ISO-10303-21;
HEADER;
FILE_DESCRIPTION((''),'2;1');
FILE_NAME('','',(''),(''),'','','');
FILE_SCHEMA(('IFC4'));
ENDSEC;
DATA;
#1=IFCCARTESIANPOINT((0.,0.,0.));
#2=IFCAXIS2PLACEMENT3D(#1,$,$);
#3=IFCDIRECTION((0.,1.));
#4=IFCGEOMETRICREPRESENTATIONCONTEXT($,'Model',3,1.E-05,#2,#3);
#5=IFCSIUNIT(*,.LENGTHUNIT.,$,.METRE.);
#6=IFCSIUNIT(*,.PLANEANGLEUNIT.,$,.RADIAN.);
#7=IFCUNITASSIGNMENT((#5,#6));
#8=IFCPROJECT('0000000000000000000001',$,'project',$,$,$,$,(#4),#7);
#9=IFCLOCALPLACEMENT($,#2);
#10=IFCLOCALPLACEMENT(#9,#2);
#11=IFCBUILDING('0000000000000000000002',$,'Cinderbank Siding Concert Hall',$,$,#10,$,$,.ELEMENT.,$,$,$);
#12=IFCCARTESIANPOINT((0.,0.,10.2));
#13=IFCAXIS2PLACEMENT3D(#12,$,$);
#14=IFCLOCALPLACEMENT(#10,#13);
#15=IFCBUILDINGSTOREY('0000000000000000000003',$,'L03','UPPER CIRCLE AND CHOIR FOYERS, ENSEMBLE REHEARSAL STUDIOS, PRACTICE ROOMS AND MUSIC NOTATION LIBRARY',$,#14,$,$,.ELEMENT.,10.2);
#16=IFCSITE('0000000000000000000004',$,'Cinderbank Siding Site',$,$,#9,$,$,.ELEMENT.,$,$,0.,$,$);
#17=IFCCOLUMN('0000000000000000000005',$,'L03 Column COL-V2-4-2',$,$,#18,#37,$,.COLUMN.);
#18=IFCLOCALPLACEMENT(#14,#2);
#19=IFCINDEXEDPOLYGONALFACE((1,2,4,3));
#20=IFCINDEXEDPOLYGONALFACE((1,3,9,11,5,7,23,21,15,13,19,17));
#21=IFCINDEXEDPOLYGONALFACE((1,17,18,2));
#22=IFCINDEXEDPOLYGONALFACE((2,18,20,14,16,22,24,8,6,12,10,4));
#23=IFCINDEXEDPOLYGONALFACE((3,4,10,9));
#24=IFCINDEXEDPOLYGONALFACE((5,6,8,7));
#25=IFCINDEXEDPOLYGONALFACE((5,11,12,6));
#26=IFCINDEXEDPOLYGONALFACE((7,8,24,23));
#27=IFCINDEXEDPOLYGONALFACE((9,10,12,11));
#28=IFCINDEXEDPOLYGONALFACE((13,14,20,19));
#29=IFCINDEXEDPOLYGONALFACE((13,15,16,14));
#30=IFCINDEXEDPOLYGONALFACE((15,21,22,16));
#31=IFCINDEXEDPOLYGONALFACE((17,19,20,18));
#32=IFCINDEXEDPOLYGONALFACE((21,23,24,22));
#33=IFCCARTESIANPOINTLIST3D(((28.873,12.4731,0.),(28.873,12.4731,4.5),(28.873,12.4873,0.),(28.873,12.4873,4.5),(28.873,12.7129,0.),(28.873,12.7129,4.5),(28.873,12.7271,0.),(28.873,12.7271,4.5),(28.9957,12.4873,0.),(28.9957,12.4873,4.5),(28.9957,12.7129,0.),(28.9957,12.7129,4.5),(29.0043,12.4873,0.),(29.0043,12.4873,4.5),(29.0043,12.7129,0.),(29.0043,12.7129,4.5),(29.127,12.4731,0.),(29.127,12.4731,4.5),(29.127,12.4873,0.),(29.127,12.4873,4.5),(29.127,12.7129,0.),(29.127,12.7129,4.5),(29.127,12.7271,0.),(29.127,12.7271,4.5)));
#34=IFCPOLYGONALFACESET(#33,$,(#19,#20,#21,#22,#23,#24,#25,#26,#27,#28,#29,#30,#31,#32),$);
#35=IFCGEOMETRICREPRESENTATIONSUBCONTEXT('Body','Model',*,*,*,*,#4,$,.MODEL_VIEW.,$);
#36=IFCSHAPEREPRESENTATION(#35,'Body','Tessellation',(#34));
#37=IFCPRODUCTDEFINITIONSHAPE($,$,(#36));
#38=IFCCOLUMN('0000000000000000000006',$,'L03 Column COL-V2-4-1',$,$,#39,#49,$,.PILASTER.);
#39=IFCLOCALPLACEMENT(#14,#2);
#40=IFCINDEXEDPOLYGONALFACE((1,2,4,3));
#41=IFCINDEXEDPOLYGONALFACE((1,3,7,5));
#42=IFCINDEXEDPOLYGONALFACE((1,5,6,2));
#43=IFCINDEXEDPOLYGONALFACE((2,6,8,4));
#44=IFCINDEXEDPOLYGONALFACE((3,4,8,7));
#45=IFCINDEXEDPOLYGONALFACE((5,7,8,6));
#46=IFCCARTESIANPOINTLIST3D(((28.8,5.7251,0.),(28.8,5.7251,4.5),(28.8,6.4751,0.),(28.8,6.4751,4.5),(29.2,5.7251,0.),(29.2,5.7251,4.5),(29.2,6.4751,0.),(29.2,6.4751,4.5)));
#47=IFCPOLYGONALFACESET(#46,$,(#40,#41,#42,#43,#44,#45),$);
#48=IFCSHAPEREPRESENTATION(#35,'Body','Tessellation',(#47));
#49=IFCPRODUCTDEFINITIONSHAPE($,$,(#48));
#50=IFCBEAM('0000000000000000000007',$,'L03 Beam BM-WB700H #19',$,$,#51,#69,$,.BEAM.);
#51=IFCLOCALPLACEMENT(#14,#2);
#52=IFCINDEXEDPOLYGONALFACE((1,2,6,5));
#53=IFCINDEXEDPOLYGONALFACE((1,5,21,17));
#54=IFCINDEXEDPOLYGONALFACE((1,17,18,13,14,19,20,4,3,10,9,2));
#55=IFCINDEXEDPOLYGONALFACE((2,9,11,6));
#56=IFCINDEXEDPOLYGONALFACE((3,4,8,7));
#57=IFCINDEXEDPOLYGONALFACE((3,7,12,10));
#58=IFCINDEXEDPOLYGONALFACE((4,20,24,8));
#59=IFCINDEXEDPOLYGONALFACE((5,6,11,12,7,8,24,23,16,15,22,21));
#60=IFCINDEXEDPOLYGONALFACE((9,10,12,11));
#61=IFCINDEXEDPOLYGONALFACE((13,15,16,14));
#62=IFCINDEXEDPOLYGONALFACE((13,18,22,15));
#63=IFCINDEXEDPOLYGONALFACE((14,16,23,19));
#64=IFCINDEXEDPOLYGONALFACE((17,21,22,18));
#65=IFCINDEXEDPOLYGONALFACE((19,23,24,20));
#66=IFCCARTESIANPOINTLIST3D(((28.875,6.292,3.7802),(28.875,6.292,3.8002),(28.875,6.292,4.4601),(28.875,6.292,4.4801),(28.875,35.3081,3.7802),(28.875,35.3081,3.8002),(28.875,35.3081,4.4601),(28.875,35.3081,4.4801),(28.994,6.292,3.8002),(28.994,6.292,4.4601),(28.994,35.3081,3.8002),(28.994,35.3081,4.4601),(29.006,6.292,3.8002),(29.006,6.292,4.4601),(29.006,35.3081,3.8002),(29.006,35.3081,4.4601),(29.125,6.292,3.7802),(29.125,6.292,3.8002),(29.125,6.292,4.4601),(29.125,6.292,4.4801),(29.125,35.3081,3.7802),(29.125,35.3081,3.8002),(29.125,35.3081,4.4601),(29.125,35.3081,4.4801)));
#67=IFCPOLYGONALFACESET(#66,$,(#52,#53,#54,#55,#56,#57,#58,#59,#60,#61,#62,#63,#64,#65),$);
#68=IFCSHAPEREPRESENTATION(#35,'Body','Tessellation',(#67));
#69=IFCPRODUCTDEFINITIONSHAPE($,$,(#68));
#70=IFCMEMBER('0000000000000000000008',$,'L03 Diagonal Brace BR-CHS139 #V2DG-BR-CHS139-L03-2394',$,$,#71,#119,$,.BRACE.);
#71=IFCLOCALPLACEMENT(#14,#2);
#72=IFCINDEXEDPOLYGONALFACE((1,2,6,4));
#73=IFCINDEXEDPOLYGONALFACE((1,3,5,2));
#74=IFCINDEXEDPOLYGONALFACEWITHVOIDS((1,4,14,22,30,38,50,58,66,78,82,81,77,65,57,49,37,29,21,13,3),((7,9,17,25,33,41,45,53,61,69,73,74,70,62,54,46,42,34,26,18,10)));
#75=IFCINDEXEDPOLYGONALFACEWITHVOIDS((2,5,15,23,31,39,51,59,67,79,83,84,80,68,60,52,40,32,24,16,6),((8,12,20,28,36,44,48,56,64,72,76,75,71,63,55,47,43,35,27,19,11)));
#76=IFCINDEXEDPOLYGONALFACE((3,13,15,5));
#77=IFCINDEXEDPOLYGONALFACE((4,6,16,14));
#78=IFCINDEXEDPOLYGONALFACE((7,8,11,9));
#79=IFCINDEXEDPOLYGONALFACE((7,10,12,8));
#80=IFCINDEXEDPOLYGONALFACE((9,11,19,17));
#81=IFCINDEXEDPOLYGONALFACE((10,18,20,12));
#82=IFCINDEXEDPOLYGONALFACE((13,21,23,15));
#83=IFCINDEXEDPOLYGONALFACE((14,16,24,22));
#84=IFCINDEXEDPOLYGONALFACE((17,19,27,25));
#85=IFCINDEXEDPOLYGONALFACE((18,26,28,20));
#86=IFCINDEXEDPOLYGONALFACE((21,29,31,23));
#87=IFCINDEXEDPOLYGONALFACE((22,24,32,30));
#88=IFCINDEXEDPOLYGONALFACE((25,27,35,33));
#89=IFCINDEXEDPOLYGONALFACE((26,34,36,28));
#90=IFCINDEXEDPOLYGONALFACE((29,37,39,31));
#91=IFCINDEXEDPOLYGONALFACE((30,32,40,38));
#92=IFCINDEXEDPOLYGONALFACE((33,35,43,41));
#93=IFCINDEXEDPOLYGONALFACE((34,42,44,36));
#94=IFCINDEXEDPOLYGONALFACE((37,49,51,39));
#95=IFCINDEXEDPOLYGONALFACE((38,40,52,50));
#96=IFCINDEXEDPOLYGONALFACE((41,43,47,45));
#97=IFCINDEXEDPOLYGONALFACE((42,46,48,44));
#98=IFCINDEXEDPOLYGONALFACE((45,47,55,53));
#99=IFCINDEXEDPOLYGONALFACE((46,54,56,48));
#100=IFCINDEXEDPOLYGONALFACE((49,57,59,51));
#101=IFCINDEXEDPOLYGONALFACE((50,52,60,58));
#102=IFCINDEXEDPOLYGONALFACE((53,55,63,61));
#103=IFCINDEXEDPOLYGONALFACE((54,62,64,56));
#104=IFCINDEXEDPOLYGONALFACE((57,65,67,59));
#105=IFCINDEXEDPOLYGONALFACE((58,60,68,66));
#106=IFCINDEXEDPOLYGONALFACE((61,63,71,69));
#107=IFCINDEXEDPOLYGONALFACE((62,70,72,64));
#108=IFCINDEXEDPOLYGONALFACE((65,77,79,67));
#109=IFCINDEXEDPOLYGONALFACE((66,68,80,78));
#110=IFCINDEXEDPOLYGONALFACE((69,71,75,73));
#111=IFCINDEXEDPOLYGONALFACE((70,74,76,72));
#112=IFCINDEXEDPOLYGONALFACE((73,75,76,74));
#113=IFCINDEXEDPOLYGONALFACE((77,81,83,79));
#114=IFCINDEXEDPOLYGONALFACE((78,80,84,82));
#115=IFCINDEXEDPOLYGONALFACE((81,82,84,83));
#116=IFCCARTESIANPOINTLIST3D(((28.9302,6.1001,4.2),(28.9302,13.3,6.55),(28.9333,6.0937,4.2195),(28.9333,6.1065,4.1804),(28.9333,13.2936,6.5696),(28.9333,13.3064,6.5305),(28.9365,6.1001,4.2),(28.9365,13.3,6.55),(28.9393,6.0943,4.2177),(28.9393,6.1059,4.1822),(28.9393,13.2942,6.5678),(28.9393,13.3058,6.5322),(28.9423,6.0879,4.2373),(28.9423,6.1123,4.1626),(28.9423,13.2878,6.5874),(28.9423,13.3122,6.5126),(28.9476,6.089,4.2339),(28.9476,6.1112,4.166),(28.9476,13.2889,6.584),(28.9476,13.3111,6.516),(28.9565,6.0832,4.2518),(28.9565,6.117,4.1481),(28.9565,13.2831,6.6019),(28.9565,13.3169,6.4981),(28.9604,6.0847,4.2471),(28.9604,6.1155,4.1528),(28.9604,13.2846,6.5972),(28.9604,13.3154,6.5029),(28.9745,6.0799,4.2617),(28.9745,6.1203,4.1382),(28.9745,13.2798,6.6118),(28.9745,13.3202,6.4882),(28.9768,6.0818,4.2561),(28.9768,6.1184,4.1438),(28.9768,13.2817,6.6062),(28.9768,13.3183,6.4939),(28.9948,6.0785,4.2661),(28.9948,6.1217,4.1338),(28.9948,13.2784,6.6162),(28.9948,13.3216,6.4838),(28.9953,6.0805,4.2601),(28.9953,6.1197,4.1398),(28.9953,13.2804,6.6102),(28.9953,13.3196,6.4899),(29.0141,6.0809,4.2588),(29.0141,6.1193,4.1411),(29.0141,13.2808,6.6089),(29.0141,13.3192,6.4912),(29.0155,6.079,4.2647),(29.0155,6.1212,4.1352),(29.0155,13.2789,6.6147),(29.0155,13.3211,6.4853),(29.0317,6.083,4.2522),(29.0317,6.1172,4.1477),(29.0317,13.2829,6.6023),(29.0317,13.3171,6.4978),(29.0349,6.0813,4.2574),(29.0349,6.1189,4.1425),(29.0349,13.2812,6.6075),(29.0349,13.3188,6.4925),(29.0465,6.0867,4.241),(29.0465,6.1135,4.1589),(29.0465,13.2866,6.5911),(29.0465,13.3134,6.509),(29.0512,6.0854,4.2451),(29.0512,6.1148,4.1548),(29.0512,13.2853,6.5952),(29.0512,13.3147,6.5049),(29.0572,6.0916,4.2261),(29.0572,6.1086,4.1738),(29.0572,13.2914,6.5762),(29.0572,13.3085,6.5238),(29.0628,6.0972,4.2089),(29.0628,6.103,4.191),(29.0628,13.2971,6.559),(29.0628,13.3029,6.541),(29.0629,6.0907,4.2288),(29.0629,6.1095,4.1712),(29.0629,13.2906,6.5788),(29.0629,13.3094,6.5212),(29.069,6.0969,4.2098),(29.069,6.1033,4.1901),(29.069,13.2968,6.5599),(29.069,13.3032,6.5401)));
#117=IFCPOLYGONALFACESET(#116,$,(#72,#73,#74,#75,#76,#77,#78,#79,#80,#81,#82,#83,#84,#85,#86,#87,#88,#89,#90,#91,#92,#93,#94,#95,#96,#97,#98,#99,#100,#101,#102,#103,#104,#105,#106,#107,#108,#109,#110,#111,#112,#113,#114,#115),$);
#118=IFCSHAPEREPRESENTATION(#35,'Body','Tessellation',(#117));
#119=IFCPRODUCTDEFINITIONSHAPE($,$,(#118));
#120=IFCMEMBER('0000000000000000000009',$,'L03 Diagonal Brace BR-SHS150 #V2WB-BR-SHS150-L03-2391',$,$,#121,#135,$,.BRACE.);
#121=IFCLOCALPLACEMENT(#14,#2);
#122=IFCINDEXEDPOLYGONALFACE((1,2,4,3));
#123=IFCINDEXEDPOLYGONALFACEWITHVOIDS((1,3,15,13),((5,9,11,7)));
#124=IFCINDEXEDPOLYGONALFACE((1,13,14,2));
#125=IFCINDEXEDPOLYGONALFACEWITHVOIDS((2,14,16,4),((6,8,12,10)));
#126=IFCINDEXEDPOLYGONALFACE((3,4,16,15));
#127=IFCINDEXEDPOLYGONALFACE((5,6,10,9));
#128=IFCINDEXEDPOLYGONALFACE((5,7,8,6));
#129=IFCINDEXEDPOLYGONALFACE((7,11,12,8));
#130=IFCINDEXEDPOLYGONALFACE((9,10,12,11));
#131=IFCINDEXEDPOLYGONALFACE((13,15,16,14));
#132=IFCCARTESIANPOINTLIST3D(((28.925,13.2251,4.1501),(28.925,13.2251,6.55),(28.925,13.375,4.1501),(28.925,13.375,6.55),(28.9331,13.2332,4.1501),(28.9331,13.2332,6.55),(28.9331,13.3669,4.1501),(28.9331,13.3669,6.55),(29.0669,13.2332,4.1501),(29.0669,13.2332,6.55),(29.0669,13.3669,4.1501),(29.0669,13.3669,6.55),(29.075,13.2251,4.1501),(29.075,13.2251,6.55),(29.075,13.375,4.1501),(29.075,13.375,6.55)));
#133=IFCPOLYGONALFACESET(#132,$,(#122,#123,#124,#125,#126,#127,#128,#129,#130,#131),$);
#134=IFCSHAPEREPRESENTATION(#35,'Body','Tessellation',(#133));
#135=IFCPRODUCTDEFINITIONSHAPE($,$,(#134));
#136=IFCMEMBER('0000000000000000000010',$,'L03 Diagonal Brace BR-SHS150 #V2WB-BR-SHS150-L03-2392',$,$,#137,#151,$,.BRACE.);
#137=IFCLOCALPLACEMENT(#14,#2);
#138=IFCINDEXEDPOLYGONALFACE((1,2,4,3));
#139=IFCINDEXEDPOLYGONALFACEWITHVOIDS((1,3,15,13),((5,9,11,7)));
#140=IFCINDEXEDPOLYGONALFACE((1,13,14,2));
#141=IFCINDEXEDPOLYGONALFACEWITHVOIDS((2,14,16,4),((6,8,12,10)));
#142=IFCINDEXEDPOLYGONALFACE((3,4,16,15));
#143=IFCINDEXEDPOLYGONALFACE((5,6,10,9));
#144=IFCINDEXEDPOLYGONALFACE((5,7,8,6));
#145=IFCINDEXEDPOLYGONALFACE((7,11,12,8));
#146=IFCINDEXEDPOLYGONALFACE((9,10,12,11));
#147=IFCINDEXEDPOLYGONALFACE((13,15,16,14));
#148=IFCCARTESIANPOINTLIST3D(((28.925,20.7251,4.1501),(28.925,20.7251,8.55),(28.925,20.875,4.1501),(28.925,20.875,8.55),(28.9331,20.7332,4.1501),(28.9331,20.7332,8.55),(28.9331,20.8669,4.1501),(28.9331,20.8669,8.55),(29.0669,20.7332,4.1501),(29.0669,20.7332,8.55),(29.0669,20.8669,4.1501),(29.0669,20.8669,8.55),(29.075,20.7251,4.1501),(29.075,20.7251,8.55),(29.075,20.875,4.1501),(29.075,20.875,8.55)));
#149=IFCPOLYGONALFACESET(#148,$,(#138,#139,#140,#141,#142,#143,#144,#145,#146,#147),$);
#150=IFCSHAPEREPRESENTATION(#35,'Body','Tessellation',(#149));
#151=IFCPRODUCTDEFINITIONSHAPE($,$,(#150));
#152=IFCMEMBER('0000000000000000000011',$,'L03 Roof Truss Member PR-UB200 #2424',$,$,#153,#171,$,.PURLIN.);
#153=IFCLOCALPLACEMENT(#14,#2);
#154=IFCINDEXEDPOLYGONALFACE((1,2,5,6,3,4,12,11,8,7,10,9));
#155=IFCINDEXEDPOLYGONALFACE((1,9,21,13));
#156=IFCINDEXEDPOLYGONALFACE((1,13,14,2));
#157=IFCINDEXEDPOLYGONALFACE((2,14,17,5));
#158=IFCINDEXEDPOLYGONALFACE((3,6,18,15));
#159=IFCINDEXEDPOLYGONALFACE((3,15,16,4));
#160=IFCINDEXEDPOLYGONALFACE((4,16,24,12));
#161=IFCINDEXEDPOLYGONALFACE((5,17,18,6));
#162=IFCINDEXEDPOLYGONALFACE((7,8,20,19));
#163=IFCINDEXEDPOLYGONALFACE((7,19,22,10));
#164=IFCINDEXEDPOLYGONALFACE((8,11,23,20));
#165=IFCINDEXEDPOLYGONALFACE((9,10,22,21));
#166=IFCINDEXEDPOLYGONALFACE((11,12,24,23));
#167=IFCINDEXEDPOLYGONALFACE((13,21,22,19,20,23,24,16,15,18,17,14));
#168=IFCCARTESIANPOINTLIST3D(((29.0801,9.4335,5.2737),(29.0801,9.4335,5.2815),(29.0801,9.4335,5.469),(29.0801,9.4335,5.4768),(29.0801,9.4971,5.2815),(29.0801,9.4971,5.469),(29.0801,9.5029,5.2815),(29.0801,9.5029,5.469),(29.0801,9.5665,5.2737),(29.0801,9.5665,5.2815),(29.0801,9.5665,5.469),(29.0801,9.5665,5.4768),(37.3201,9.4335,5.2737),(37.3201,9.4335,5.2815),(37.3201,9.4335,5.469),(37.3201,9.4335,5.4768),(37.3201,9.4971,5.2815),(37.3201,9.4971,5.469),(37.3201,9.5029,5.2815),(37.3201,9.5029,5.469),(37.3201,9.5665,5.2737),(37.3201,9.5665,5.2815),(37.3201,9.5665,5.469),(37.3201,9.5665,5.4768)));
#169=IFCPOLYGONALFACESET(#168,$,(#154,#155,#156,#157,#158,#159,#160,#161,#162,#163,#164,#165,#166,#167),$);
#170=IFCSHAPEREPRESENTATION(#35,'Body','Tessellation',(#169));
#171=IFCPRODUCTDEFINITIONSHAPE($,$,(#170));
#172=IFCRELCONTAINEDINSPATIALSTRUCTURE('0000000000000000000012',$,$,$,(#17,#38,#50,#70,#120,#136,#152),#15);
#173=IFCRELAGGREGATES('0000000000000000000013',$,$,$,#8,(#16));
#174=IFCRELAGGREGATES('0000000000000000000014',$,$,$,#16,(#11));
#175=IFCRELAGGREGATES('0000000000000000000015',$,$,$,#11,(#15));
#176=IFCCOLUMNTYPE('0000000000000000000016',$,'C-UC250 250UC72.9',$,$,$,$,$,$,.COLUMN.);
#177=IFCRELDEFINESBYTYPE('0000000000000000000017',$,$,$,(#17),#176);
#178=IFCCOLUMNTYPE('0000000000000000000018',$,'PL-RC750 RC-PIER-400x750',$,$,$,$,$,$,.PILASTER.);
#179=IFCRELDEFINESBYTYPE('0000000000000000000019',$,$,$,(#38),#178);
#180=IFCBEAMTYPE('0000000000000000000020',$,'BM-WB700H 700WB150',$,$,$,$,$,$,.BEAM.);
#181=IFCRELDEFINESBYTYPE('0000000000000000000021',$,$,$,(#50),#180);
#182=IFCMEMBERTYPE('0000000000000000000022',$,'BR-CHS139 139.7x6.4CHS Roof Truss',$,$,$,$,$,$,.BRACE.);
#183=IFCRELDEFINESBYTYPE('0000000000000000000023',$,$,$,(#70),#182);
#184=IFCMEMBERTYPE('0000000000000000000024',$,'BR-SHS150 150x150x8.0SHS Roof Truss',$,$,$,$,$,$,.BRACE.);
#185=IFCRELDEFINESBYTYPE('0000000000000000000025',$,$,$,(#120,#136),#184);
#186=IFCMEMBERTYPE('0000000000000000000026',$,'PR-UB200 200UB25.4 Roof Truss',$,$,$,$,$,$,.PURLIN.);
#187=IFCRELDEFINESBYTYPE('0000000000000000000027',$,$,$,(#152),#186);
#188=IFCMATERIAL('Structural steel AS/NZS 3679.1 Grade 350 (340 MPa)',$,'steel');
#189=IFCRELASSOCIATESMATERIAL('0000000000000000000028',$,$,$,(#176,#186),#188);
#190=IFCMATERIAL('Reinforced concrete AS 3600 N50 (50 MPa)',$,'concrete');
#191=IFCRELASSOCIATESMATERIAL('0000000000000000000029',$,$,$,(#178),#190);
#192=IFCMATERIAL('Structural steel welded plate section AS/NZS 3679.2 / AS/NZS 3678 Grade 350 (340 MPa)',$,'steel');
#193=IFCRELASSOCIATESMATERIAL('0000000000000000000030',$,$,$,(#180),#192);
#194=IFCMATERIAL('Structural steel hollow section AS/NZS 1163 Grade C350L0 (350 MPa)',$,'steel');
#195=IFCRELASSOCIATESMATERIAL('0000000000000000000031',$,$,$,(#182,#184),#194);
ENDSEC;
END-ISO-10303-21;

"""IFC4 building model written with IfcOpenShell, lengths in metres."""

from ifc_helpers import new_model, si_unit, direction, frame, origin, origin_2d, place, context, subcontext, project, spatial, rectangle, hollow_rectangle, hollow_circle, i_section, extrude, material, material_profile, profile_set, type_object, element, save


model = new_model("IFC4")

# Units and contexts
model_context = context("Model", 3, precision=1e-05, world=origin(), true_north=direction((0.0, 1.0)))
body_context = subcontext(model_context, "Body", "Model", "MODEL_VIEW")
ifc_project = project(units=[si_unit("LENGTHUNIT", "METRE"), si_unit("PLANEANGLEUNIT", "RADIAN")], contexts=[model_context])

# Site, building, storey
site_placement = place(None, origin())
site = spatial("IfcSite", under=ifc_project, at=site_placement, Name="Cinderbank Siding Site", CompositionType="ELEMENT", RefElevation=0.0)
building_placement = place(site_placement, origin())
building = spatial("IfcBuilding", under=site, at=building_placement, Name="Cinderbank Siding Concert Hall", CompositionType="ELEMENT")
storey_placement = place(building_placement, frame((0.0, 0.0, 10.2)))
storey = spatial("IfcBuildingStorey", under=building, at=storey_placement, Name="L03", Description="UPPER CIRCLE AND CHOIR FOYERS, ENSEMBLE REHEARSAL STUDIOS, PRACTICE ROOMS AND MUSIC NOTATION LIBRARY", CompositionType="ELEMENT", Elevation=10.2)

# Columns
ifc_material_1 = material(Name="Structural steel AS/NZS 3679.1 Grade 350 (340 MPa)", Category="steel")
ifc_material_profile_1 = material_profile(ifc_material_1, i_section(OverallWidth=0.2539, OverallDepth=0.2539, WebThickness=0.0085, FlangeThickness=0.0142, at=origin_2d()), Name="250UC72.9", Category="LoadBearing")
ifc_profile_set_1 = profile_set([ifc_material_profile_1], Name="Structural steel AS/NZS 3679.1 Grade 350 (340 MPa)")
column_type_1 = type_object("IfcColumnType", Name="C-UC250 250UC72.9", PredefinedType="COLUMN", material=ifc_profile_set_1)
column_1_placement = place(storey_placement, frame((29.0, 12.6001, 0.0), z_axis=(0.0, 0.0, 1.0), x_axis=(1.0, 0.0, 0.0)))
element("IfcColumn", 1, at=column_1_placement, inside=storey, type_object=column_type_1, Name="L03 Column COL-V2-4-2", PredefinedType="COLUMN", context=body_context, shape_type="SweptSolid", body=[
    extrude(i_section(OverallWidth=0.2539, OverallDepth=0.2539, WebThickness=0.0085, FlangeThickness=0.0142, at=origin_2d()), origin(), (0.0, 0.0, 1.0), 4.5),
])
ifc_material_2 = material(Name="Reinforced concrete AS 3600 N50 (50 MPa)", Category="concrete")
ifc_material_profile_2 = material_profile(ifc_material_2, rectangle(XDim=0.3999, YDim=0.75, at=origin_2d()), Name="RC-PIER-400x750", Category="LoadBearing")
ifc_profile_set_2 = profile_set([ifc_material_profile_2], Name="Reinforced concrete AS 3600 N50 (50 MPa)")
column_type_2 = type_object("IfcColumnType", Name="PL-RC750 RC-PIER-400x750", PredefinedType="PILASTER", material=ifc_profile_set_2)
column_2_placement = place(storey_placement, frame((29.0, 6.1001, 0.0), z_axis=(0.0, 0.0, 1.0), x_axis=(1.0, 0.0, 0.0)))
element("IfcColumn", 2, at=column_2_placement, inside=storey, type_object=column_type_2, Name="L03 Column COL-V2-4-1", PredefinedType="PILASTER", context=body_context, shape_type="SweptSolid", body=[
    extrude(rectangle(XDim=0.3999, YDim=0.75, at=origin_2d()), origin(), (0.0, 0.0, 1.0), 4.5),
])

# Beam
ifc_material_3 = material(Name="Structural steel welded plate section AS/NZS 3679.2 / AS/NZS 3678 Grade 350 (340 MPa)", Category="steel")
ifc_material_profile_3 = material_profile(ifc_material_3, i_section(OverallWidth=0.25, OverallDepth=0.7, WebThickness=0.012, FlangeThickness=0.02, at=origin_2d()), Name="700WB150", Category="LoadBearing")
ifc_profile_set_3 = profile_set([ifc_material_profile_3], Name="Structural steel welded plate section AS/NZS 3679.2 / AS/NZS 3678 Grade 350 (340 MPa)")
beam_type = type_object("IfcBeamType", Name="BM-WB700H 700WB150", PredefinedType="BEAM", material=ifc_profile_set_3)
beam_placement = place(storey_placement, frame((29.0, 6.292, 4.1301), z_axis=(0.0, 1.0, 0.0), x_axis=(-1.0, 0.0, 0.0)))
element("IfcBeam", 3, at=beam_placement, inside=storey, type_object=beam_type, Name="L03 Beam BM-WB700H #19", PredefinedType="BEAM", context=body_context, shape_type="SweptSolid", body=[
    extrude(i_section(OverallWidth=0.25, OverallDepth=0.7, WebThickness=0.012, FlangeThickness=0.02, at=origin_2d()), origin(), (0.0, 0.0, 1.0), 29.0161),
])

# Members
ifc_material_4 = material(Name="Structural steel hollow section AS/NZS 1163 Grade C350L0 (350 MPa)", Category="steel")
ifc_material_profile_4 = material_profile(ifc_material_4, hollow_circle(Radius=0.0698, WallThickness=0.0063, at=origin_2d()), Name="139.7x6.4CHS", Category="LoadBearing")
ifc_profile_set_4 = profile_set([ifc_material_profile_4], Name="Structural steel hollow section AS/NZS 1163 Grade C350L0 (350 MPa)")
member_type_1 = type_object("IfcMemberType", Name="BR-CHS139 139.7x6.4CHS Roof Truss", PredefinedType="BRACE", material=ifc_profile_set_4)
member_1_placement = place(storey_placement, frame((29.0, 6.1001, 4.2), z_axis=(0.0, 0.950641, 0.310294), x_axis=(-1.0, 0.0, 0.0)))
element("IfcMember", 4, at=member_1_placement, inside=storey, type_object=member_type_1, Name="L03 Diagonal Brace BR-CHS139 #V2DG-BR-CHS139-L03-2394", PredefinedType="BRACE", context=body_context, shape_type="SweptSolid", body=[
    extrude(hollow_circle(Radius=0.0698, WallThickness=0.0063, at=origin_2d()), origin(), (0.0, 0.0, 1.0), 7.5737),
])
ifc_material_profile_5 = material_profile(ifc_material_4, hollow_rectangle(XDim=0.1499, YDim=0.1499, WallThickness=0.0081, at=origin_2d()), Name="150x150x8.0SHS", Category="LoadBearing")
ifc_profile_set_5 = profile_set([ifc_material_profile_5], Name="Structural steel hollow section AS/NZS 1163 Grade C350L0 (350 MPa)")
member_type_2 = type_object("IfcMemberType", Name="BR-SHS150 150x150x8.0SHS Roof Truss", PredefinedType="BRACE", material=ifc_profile_set_5)
member_2_placement = place(storey_placement, frame((29.0, 13.3, 4.1501), z_axis=(0.0, 0.0, 1.0), x_axis=(1.0, 0.0, 0.0)))
element("IfcMember", 5, at=member_2_placement, inside=storey, type_object=member_type_2, Name="L03 Diagonal Brace BR-SHS150 #V2WB-BR-SHS150-L03-2391", PredefinedType="BRACE", context=body_context, shape_type="SweptSolid", body=[
    extrude(hollow_rectangle(XDim=0.1499, YDim=0.1499, WallThickness=0.0081, at=origin_2d()), origin(), (0.0, 0.0, 1.0), 2.3999),
])
member_3_placement = place(storey_placement, frame((29.0, 20.8, 4.1501), z_axis=(0.0, 0.0, 1.0), x_axis=(1.0, 0.0, 0.0)))
element("IfcMember", 6, at=member_3_placement, inside=storey, type_object=member_type_2, Name="L03 Diagonal Brace BR-SHS150 #V2WB-BR-SHS150-L03-2392", PredefinedType="BRACE", context=body_context, shape_type="SweptSolid", body=[
    extrude(hollow_rectangle(XDim=0.1499, YDim=0.1499, WallThickness=0.0081, at=origin_2d()), origin(), (0.0, 0.0, 1.0), 4.3999),
])
ifc_material_profile_6 = material_profile(ifc_material_1, i_section(OverallWidth=0.1331, OverallDepth=0.2031, WebThickness=0.0059, FlangeThickness=0.0078, at=origin_2d()), Name="200UB25.4", Category="LoadBearing")
ifc_profile_set_6 = profile_set([ifc_material_profile_6], Name="Structural steel AS/NZS 3679.1 Grade 350 (340 MPa)")
member_type_3 = type_object("IfcMemberType", Name="PR-UB200 200UB25.4 Roof Truss", PredefinedType="PURLIN", material=ifc_profile_set_6)
for number, where, z_axis, x_axis, name in (
    (7, (29.0801, 9.5, 5.3752), (1.0, 0.0, 0.0), (0.0, 1.0, 0.0), "L03 Roof Truss Member PR-UB200 #2424"),
):
    element("IfcMember", number, at=place(storey_placement, frame(where, z_axis=z_axis, x_axis=x_axis)), inside=storey, type_object=member_type_3, Name=name, PredefinedType="PURLIN", context=body_context, shape_type="SweptSolid", body=[
        extrude(i_section(OverallWidth=0.1331, OverallDepth=0.2031, WebThickness=0.0059, FlangeThickness=0.0078, at=origin_2d()), origin(), (0.0, 0.0, 1.0), 8.24),
    ])

save(model, "model.ifc")
